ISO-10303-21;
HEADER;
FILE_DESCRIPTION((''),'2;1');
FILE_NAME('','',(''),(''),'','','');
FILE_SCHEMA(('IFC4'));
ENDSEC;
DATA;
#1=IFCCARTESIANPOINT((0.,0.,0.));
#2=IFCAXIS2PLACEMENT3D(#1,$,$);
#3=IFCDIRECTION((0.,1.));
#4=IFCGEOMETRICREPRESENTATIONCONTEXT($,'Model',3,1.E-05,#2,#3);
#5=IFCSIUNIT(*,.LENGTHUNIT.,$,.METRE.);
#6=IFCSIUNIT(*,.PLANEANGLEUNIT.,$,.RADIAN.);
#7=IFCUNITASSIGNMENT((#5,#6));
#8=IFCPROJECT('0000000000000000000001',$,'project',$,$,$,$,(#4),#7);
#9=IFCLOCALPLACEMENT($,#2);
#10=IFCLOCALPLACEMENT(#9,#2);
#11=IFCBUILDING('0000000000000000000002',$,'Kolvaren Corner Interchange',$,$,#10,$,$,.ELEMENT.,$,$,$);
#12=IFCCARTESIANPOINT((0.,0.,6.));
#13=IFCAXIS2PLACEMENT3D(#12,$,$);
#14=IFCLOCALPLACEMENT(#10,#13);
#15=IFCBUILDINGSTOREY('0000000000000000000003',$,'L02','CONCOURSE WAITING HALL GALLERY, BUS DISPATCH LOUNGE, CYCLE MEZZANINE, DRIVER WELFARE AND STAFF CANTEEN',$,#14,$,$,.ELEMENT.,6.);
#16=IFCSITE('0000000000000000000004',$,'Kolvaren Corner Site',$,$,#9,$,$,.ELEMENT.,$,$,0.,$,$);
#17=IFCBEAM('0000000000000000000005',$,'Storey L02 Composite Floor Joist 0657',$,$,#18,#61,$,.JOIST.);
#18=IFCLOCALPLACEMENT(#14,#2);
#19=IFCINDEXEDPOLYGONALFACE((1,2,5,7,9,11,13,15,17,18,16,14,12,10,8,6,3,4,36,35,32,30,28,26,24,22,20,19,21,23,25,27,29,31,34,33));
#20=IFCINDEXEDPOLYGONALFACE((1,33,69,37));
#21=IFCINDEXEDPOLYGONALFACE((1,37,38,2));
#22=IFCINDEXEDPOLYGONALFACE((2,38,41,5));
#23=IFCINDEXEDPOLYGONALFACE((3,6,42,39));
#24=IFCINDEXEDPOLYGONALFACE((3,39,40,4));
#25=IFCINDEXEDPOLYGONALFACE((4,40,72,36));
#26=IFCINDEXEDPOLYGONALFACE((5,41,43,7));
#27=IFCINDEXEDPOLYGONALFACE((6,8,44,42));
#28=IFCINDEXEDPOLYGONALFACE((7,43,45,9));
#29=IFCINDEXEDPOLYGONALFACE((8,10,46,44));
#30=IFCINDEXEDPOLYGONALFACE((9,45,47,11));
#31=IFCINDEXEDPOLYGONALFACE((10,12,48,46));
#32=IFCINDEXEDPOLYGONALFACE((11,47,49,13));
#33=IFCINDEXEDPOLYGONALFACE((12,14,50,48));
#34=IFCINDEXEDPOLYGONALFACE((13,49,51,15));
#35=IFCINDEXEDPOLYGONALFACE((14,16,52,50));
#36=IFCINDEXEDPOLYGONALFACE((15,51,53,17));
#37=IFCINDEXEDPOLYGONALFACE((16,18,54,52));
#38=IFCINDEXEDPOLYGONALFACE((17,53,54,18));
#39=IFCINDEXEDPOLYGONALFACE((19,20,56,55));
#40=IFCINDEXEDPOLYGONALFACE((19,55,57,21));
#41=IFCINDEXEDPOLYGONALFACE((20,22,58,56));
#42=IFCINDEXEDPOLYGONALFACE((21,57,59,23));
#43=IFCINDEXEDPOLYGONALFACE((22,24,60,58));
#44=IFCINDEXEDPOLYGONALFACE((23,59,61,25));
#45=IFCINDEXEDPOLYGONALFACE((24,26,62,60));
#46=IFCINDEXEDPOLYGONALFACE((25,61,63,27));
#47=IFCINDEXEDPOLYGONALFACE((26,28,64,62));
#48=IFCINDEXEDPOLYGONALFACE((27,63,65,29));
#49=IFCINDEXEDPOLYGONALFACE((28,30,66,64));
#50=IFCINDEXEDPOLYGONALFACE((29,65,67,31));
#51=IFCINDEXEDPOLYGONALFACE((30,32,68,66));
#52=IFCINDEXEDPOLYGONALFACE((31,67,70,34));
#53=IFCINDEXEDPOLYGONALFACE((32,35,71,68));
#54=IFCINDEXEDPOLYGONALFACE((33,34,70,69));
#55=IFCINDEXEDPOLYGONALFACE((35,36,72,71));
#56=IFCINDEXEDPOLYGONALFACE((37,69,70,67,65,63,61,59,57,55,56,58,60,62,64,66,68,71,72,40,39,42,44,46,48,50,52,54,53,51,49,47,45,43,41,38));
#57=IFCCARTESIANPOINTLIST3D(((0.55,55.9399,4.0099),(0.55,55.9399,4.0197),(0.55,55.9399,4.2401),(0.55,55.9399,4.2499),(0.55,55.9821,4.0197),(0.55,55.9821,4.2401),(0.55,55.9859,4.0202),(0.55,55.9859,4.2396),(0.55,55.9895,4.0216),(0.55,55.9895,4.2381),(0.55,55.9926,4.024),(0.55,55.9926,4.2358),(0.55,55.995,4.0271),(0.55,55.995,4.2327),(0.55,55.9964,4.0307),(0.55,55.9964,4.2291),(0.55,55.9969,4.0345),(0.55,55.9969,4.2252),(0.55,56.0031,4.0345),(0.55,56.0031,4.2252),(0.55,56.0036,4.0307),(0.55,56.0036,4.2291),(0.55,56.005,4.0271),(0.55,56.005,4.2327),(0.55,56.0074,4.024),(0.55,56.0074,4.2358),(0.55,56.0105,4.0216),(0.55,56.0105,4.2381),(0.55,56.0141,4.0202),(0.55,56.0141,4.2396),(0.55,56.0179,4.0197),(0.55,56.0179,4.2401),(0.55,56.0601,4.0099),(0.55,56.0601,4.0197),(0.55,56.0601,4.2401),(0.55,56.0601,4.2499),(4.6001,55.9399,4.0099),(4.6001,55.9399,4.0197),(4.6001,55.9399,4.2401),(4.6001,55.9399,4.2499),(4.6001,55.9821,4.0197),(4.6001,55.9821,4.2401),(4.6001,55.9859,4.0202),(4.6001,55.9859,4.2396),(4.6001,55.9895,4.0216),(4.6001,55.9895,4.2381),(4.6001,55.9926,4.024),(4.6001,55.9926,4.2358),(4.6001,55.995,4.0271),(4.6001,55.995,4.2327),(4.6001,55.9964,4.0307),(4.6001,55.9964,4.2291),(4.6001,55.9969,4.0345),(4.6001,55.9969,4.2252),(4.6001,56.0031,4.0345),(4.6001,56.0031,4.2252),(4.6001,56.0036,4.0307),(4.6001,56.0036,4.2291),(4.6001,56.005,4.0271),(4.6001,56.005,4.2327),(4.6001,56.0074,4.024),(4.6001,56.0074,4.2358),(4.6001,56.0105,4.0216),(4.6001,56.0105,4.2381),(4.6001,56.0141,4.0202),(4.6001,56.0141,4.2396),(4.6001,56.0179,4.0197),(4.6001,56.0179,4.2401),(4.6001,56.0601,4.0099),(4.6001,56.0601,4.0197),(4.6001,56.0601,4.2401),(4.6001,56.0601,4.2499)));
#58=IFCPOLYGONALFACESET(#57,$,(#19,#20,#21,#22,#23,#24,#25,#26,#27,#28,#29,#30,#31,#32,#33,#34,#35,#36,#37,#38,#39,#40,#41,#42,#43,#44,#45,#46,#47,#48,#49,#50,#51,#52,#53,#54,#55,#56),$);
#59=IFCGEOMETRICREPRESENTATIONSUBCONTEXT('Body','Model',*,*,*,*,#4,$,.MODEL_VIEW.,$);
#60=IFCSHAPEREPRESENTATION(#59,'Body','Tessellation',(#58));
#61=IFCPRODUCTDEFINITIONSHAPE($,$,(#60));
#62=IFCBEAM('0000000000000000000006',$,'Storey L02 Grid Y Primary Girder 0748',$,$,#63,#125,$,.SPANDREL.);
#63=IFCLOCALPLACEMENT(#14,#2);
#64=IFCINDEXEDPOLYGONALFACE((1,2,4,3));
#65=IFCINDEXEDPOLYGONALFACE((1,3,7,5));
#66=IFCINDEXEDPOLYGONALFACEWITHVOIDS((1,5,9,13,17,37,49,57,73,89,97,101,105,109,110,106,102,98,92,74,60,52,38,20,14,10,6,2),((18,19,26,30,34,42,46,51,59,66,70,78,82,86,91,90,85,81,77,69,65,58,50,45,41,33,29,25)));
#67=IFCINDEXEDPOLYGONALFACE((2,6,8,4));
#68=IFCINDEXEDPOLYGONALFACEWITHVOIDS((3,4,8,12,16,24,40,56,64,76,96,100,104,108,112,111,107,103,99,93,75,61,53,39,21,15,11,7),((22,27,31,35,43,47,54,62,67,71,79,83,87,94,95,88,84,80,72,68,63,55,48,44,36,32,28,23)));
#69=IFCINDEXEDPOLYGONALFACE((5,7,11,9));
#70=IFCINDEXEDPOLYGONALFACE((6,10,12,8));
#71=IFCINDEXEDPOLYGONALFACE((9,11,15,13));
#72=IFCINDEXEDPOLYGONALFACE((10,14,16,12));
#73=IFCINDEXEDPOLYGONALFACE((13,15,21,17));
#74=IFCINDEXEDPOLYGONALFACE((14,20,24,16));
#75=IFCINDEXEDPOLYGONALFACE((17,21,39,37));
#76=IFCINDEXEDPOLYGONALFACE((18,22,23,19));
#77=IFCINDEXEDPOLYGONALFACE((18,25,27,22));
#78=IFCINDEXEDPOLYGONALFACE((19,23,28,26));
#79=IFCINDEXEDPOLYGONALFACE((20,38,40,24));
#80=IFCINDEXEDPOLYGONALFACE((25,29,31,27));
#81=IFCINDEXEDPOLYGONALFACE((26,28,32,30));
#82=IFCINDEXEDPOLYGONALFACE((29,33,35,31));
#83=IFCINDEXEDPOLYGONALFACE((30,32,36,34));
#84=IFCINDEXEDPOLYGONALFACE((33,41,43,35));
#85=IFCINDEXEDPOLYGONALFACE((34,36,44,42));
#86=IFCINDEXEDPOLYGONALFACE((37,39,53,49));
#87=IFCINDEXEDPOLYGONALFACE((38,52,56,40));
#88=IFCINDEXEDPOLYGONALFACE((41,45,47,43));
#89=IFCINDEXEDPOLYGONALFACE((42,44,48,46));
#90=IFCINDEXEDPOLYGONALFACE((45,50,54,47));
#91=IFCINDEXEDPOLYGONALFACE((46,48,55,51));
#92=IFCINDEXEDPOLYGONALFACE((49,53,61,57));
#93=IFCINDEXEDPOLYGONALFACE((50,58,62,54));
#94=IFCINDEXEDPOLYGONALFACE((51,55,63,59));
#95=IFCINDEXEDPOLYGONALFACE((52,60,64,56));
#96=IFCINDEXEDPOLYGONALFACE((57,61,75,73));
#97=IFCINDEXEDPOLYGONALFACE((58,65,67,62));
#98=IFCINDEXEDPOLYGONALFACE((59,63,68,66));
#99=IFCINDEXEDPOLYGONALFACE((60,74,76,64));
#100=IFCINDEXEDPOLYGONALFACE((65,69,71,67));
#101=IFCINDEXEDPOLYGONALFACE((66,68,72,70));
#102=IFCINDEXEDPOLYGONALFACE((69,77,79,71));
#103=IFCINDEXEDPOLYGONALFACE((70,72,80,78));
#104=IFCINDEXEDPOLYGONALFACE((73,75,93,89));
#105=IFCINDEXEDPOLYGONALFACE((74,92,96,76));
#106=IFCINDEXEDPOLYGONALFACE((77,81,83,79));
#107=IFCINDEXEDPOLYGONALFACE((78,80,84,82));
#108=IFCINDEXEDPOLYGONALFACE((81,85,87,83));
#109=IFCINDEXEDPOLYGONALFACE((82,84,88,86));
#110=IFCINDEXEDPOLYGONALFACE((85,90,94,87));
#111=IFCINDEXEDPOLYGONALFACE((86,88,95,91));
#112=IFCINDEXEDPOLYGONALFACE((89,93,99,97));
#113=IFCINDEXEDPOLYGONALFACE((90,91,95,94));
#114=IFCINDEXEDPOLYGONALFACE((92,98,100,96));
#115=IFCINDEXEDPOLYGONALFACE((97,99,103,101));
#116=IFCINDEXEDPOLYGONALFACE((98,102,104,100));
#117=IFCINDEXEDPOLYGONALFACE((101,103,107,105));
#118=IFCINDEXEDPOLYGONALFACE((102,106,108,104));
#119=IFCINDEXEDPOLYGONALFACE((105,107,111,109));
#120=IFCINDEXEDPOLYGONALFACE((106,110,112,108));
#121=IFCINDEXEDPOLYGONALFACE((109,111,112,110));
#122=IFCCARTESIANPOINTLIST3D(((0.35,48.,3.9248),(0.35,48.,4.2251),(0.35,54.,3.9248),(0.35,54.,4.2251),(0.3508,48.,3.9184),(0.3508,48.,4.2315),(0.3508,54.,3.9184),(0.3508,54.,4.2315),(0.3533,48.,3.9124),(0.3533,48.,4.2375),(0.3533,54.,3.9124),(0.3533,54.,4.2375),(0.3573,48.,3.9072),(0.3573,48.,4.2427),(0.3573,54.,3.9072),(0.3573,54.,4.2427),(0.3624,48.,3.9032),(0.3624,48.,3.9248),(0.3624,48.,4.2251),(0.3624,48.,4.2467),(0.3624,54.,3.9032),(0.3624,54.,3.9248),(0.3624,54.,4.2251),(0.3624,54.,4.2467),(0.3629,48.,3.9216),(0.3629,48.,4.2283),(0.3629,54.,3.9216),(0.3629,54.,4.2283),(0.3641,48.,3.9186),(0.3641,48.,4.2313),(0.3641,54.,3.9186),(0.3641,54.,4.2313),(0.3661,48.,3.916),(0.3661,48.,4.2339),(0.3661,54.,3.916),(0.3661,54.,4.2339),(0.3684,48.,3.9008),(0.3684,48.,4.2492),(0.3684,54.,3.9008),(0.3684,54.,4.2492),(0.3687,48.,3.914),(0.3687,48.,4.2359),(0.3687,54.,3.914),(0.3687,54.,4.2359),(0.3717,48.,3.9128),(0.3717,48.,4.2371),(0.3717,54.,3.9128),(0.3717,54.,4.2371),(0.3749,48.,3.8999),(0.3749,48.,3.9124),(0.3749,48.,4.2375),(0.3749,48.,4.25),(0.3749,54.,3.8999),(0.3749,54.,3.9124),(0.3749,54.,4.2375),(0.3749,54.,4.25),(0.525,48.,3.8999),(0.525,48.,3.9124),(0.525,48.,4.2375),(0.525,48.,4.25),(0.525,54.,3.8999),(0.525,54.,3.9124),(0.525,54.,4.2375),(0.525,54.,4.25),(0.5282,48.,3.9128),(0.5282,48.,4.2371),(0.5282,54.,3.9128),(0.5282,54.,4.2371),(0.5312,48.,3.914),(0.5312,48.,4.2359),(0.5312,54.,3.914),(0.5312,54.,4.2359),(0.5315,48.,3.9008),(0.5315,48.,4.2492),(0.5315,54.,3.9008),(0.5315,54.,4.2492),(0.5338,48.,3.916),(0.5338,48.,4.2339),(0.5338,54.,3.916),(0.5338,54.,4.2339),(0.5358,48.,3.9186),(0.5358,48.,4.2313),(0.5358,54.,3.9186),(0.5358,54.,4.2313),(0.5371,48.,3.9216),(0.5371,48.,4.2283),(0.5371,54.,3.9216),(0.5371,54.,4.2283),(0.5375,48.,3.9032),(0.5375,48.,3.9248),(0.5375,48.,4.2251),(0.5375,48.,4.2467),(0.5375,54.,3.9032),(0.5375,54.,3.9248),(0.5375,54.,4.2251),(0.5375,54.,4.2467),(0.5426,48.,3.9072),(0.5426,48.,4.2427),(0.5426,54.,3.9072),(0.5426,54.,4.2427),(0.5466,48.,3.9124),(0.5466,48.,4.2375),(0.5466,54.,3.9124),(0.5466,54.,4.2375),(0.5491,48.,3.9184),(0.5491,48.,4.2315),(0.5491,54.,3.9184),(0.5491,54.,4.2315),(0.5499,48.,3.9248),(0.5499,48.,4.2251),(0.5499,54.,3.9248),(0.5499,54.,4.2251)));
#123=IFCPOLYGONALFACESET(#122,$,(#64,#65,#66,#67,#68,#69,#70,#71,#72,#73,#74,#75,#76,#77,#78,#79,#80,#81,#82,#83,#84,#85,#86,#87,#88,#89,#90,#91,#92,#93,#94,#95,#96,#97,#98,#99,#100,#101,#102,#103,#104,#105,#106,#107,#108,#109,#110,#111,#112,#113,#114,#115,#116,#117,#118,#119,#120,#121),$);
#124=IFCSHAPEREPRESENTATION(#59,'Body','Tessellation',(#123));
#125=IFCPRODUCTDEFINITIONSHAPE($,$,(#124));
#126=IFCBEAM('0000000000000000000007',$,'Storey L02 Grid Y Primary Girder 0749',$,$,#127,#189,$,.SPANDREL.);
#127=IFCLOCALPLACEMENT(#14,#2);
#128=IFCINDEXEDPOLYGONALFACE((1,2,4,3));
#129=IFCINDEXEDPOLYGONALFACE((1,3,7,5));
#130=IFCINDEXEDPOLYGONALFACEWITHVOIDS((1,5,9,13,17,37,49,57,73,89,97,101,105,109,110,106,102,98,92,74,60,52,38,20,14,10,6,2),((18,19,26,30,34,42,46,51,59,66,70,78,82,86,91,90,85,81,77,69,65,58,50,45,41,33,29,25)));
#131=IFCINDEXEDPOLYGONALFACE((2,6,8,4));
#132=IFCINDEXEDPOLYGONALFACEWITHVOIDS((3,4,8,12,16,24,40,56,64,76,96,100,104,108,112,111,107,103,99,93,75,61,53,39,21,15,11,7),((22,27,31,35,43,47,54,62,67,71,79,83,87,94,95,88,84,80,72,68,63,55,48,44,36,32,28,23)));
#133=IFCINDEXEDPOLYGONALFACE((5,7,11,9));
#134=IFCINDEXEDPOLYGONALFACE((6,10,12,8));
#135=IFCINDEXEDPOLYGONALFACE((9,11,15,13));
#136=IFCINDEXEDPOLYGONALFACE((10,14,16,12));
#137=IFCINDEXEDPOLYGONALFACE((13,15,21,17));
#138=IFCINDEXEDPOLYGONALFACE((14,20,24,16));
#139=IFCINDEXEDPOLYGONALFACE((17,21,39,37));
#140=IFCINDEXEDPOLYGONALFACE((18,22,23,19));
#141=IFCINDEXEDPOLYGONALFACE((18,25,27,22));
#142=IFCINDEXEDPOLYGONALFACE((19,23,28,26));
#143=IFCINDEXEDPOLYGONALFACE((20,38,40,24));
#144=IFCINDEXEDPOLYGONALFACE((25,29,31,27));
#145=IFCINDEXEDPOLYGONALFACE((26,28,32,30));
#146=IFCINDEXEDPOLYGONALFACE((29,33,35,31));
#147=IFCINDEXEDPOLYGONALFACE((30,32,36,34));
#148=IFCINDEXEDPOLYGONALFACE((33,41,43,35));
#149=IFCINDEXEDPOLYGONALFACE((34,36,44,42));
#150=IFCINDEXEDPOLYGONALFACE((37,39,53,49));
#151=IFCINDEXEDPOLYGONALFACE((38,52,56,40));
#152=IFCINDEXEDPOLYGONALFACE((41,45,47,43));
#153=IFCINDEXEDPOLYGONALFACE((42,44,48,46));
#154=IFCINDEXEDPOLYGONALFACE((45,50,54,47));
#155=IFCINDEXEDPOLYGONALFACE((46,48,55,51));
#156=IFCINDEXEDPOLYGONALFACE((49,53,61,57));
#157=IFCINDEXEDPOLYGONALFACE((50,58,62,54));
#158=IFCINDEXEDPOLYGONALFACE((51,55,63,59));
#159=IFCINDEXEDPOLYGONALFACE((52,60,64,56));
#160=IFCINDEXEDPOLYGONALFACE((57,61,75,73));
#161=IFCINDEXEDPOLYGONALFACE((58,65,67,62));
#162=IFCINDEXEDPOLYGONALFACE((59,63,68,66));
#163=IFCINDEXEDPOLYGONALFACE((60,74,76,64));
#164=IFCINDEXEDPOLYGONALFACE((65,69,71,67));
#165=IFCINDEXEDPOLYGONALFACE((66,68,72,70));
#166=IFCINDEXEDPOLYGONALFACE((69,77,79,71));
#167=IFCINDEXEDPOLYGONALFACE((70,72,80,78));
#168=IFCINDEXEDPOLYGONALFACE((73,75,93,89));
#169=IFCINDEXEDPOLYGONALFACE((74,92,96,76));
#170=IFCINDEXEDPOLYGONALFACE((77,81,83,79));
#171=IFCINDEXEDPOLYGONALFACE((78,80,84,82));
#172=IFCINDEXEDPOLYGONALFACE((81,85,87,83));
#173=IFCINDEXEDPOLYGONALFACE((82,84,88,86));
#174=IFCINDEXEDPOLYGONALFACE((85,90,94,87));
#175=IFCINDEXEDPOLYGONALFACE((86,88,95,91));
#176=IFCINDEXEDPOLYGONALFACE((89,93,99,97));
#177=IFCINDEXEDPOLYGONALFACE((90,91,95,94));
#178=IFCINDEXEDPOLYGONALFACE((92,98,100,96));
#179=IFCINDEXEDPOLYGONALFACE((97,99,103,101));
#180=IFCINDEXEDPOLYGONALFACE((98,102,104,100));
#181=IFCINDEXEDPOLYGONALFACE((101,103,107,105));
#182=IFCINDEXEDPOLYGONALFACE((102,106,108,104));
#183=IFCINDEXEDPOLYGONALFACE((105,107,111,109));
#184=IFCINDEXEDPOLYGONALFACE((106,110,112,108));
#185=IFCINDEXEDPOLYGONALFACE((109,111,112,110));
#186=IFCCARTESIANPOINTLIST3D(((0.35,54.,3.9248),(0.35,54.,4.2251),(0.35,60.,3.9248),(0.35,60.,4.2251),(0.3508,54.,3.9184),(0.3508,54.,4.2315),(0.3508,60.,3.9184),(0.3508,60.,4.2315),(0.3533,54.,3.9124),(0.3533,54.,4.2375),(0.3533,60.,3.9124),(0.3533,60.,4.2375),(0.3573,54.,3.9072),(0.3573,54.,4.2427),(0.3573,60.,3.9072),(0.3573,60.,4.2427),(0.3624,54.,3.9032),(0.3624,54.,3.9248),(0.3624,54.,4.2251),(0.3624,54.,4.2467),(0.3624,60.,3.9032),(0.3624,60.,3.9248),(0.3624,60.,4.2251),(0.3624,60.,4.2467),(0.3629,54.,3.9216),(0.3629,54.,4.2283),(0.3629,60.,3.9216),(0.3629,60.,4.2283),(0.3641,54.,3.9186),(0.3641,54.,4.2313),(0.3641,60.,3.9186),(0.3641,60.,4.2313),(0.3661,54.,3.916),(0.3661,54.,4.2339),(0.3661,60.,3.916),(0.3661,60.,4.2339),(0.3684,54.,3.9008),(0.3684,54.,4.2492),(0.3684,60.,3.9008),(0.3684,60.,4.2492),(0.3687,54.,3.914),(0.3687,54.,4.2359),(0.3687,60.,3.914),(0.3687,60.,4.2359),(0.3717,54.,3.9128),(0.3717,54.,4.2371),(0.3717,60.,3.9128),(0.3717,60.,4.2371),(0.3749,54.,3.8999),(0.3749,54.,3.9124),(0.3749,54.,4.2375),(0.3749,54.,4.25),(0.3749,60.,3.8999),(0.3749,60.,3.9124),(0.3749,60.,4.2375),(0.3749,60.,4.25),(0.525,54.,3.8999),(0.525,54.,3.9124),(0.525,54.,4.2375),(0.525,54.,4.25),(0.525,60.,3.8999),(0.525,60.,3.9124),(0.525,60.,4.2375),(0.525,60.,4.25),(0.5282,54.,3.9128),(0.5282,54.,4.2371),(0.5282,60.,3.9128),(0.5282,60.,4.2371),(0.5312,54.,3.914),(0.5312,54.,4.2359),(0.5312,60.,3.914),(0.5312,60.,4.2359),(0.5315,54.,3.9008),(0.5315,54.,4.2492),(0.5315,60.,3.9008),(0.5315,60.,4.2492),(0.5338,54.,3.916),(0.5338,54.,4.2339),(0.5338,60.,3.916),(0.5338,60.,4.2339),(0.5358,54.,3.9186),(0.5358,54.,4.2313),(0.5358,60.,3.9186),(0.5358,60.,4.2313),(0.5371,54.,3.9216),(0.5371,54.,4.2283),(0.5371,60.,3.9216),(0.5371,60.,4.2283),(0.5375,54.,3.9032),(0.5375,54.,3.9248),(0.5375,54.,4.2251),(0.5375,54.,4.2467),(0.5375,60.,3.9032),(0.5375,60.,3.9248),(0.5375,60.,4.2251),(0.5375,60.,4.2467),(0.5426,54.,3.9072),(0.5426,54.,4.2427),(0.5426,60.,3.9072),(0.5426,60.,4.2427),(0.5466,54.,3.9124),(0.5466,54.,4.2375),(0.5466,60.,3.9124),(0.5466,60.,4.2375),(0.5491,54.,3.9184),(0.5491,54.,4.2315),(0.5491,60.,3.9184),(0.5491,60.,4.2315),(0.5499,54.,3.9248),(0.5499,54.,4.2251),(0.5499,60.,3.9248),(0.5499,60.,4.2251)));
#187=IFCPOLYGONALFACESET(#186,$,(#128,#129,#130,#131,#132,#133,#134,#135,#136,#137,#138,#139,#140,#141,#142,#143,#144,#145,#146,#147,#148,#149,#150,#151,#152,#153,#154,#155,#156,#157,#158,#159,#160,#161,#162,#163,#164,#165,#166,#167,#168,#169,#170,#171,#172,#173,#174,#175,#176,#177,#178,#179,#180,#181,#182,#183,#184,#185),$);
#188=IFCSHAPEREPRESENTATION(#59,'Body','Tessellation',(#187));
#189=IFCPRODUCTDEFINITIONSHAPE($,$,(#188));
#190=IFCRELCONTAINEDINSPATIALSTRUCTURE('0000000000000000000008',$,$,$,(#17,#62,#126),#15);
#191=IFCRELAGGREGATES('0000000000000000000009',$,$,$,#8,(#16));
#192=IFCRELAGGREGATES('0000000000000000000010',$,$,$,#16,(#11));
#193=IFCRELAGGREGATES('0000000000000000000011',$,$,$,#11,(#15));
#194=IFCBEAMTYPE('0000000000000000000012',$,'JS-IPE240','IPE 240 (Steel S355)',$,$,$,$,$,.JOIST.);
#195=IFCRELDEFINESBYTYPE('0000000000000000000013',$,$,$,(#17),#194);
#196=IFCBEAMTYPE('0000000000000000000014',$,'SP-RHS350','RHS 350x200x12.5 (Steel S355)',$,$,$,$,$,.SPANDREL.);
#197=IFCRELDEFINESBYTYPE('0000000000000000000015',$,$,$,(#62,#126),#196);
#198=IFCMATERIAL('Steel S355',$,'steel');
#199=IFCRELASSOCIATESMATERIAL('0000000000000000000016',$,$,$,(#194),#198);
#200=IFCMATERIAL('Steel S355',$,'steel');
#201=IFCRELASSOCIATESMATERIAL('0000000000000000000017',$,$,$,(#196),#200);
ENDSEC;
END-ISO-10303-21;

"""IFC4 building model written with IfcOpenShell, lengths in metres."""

from ifc_helpers import new_model, si_unit, direction, frame, origin, origin_2d, place, context, subcontext, project, spatial, hollow_rectangle, i_section, extrude, material, material_profile, profile_set, type_object, element, save


model = new_model("IFC4")

# Units and contexts
model_context = context("Model", 3, precision=1e-05, world=origin(), true_north=direction((0.0, 1.0)))
body_context = subcontext(model_context, "Body", "Model", "MODEL_VIEW")
ifc_project = project(units=[si_unit("LENGTHUNIT", "METRE"), si_unit("PLANEANGLEUNIT", "RADIAN")], contexts=[model_context])

# Site, building, storey
site_placement = place(None, origin())
site = spatial("IfcSite", under=ifc_project, at=site_placement, Name="Kolvaren Corner Site", CompositionType="ELEMENT", RefElevation=0.0)
building_placement = place(site_placement, origin())
building = spatial("IfcBuilding", under=site, at=building_placement, Name="Kolvaren Corner Interchange", CompositionType="ELEMENT")
storey_placement = place(building_placement, frame((0.0, 0.0, 6.0)))
storey = spatial("IfcBuildingStorey", under=building, at=storey_placement, Name="L02", Description="CONCOURSE WAITING HALL GALLERY, BUS DISPATCH LOUNGE, CYCLE MEZZANINE, DRIVER WELFARE AND STAFF CANTEEN", CompositionType="ELEMENT", Elevation=6.0)

# Beams
ifc_material_1 = material(Name="Steel S355", Category="steel")
ifc_material_profile_1 = material_profile(ifc_material_1, i_section(OverallWidth=0.1201, OverallDepth=0.24, WebThickness=0.0061, FlangeThickness=0.0098, FilletRadius=0.0149, at=origin_2d()), Name="IPE 240")
ifc_profile_set_1 = profile_set([ifc_material_profile_1], Name="Steel S355")
beam_type_1 = type_object("IfcBeamType", Name="JS-IPE240", Description="IPE 240 (Steel S355)", PredefinedType="JOIST", material=ifc_profile_set_1)
for number, where, z_axis, x_axis, name in (
    (1, (0.55, 56.0, 4.1299), (1.0, 0.0, 0.0), (0.0, 1.0, 0.0), "Storey L02 Composite Floor Joist 0657"),
):
    element("IfcBeam", number, at=place(storey_placement, frame(where, z_axis=z_axis, x_axis=x_axis)), inside=storey, type_object=beam_type_1, Name=name, PredefinedType="JOIST", context=body_context, shape_type="SweptSolid", body=[
        extrude(i_section(OverallWidth=0.1201, OverallDepth=0.24, WebThickness=0.0061, FlangeThickness=0.0098, FilletRadius=0.0149, at=origin_2d()), origin(), (0.0, 0.0, 1.0), 4.05),
    ])
ifc_material_2 = material(Name="Steel S355", Category="steel")
ifc_material_profile_2 = material_profile(ifc_material_2, hollow_rectangle(XDim=0.2, YDim=0.3501, WallThickness=0.0125, InnerFilletRadius=0.0125, OuterFilletRadius=0.0249, at=origin_2d()), Name="RHS 350x200x12.5")
ifc_profile_set_2 = profile_set([ifc_material_profile_2], Name="Steel S355")
beam_type_2 = type_object("IfcBeamType", Name="SP-RHS350", Description="RHS 350x200x12.5 (Steel S355)", PredefinedType="SPANDREL", material=ifc_profile_set_2)
for number, where, z_axis, x_axis, name in (
    (2, (0.45, 48.0, 4.075), (0.0, 1.0, 0.0), (-1.0, 0.0, 0.0), "Storey L02 Grid Y Primary Girder 0748"),
    (3, (0.45, 54.0, 4.075), (0.0, 1.0, 0.0), (-1.0, 0.0, 0.0), "Storey L02 Grid Y Primary Girder 0749"),
):
    element("IfcBeam", number, at=place(storey_placement, frame(where, z_axis=z_axis, x_axis=x_axis)), inside=storey, type_object=beam_type_2, Name=name, PredefinedType="SPANDREL", context=body_context, shape_type="SweptSolid", body=[
        extrude(hollow_rectangle(XDim=0.2, YDim=0.3501, WallThickness=0.0125, InnerFilletRadius=0.0125, OuterFilletRadius=0.0249, at=origin_2d()), origin(), (0.0, 0.0, 1.0), 6.0),
    ])

save(model, "model.ifc")
